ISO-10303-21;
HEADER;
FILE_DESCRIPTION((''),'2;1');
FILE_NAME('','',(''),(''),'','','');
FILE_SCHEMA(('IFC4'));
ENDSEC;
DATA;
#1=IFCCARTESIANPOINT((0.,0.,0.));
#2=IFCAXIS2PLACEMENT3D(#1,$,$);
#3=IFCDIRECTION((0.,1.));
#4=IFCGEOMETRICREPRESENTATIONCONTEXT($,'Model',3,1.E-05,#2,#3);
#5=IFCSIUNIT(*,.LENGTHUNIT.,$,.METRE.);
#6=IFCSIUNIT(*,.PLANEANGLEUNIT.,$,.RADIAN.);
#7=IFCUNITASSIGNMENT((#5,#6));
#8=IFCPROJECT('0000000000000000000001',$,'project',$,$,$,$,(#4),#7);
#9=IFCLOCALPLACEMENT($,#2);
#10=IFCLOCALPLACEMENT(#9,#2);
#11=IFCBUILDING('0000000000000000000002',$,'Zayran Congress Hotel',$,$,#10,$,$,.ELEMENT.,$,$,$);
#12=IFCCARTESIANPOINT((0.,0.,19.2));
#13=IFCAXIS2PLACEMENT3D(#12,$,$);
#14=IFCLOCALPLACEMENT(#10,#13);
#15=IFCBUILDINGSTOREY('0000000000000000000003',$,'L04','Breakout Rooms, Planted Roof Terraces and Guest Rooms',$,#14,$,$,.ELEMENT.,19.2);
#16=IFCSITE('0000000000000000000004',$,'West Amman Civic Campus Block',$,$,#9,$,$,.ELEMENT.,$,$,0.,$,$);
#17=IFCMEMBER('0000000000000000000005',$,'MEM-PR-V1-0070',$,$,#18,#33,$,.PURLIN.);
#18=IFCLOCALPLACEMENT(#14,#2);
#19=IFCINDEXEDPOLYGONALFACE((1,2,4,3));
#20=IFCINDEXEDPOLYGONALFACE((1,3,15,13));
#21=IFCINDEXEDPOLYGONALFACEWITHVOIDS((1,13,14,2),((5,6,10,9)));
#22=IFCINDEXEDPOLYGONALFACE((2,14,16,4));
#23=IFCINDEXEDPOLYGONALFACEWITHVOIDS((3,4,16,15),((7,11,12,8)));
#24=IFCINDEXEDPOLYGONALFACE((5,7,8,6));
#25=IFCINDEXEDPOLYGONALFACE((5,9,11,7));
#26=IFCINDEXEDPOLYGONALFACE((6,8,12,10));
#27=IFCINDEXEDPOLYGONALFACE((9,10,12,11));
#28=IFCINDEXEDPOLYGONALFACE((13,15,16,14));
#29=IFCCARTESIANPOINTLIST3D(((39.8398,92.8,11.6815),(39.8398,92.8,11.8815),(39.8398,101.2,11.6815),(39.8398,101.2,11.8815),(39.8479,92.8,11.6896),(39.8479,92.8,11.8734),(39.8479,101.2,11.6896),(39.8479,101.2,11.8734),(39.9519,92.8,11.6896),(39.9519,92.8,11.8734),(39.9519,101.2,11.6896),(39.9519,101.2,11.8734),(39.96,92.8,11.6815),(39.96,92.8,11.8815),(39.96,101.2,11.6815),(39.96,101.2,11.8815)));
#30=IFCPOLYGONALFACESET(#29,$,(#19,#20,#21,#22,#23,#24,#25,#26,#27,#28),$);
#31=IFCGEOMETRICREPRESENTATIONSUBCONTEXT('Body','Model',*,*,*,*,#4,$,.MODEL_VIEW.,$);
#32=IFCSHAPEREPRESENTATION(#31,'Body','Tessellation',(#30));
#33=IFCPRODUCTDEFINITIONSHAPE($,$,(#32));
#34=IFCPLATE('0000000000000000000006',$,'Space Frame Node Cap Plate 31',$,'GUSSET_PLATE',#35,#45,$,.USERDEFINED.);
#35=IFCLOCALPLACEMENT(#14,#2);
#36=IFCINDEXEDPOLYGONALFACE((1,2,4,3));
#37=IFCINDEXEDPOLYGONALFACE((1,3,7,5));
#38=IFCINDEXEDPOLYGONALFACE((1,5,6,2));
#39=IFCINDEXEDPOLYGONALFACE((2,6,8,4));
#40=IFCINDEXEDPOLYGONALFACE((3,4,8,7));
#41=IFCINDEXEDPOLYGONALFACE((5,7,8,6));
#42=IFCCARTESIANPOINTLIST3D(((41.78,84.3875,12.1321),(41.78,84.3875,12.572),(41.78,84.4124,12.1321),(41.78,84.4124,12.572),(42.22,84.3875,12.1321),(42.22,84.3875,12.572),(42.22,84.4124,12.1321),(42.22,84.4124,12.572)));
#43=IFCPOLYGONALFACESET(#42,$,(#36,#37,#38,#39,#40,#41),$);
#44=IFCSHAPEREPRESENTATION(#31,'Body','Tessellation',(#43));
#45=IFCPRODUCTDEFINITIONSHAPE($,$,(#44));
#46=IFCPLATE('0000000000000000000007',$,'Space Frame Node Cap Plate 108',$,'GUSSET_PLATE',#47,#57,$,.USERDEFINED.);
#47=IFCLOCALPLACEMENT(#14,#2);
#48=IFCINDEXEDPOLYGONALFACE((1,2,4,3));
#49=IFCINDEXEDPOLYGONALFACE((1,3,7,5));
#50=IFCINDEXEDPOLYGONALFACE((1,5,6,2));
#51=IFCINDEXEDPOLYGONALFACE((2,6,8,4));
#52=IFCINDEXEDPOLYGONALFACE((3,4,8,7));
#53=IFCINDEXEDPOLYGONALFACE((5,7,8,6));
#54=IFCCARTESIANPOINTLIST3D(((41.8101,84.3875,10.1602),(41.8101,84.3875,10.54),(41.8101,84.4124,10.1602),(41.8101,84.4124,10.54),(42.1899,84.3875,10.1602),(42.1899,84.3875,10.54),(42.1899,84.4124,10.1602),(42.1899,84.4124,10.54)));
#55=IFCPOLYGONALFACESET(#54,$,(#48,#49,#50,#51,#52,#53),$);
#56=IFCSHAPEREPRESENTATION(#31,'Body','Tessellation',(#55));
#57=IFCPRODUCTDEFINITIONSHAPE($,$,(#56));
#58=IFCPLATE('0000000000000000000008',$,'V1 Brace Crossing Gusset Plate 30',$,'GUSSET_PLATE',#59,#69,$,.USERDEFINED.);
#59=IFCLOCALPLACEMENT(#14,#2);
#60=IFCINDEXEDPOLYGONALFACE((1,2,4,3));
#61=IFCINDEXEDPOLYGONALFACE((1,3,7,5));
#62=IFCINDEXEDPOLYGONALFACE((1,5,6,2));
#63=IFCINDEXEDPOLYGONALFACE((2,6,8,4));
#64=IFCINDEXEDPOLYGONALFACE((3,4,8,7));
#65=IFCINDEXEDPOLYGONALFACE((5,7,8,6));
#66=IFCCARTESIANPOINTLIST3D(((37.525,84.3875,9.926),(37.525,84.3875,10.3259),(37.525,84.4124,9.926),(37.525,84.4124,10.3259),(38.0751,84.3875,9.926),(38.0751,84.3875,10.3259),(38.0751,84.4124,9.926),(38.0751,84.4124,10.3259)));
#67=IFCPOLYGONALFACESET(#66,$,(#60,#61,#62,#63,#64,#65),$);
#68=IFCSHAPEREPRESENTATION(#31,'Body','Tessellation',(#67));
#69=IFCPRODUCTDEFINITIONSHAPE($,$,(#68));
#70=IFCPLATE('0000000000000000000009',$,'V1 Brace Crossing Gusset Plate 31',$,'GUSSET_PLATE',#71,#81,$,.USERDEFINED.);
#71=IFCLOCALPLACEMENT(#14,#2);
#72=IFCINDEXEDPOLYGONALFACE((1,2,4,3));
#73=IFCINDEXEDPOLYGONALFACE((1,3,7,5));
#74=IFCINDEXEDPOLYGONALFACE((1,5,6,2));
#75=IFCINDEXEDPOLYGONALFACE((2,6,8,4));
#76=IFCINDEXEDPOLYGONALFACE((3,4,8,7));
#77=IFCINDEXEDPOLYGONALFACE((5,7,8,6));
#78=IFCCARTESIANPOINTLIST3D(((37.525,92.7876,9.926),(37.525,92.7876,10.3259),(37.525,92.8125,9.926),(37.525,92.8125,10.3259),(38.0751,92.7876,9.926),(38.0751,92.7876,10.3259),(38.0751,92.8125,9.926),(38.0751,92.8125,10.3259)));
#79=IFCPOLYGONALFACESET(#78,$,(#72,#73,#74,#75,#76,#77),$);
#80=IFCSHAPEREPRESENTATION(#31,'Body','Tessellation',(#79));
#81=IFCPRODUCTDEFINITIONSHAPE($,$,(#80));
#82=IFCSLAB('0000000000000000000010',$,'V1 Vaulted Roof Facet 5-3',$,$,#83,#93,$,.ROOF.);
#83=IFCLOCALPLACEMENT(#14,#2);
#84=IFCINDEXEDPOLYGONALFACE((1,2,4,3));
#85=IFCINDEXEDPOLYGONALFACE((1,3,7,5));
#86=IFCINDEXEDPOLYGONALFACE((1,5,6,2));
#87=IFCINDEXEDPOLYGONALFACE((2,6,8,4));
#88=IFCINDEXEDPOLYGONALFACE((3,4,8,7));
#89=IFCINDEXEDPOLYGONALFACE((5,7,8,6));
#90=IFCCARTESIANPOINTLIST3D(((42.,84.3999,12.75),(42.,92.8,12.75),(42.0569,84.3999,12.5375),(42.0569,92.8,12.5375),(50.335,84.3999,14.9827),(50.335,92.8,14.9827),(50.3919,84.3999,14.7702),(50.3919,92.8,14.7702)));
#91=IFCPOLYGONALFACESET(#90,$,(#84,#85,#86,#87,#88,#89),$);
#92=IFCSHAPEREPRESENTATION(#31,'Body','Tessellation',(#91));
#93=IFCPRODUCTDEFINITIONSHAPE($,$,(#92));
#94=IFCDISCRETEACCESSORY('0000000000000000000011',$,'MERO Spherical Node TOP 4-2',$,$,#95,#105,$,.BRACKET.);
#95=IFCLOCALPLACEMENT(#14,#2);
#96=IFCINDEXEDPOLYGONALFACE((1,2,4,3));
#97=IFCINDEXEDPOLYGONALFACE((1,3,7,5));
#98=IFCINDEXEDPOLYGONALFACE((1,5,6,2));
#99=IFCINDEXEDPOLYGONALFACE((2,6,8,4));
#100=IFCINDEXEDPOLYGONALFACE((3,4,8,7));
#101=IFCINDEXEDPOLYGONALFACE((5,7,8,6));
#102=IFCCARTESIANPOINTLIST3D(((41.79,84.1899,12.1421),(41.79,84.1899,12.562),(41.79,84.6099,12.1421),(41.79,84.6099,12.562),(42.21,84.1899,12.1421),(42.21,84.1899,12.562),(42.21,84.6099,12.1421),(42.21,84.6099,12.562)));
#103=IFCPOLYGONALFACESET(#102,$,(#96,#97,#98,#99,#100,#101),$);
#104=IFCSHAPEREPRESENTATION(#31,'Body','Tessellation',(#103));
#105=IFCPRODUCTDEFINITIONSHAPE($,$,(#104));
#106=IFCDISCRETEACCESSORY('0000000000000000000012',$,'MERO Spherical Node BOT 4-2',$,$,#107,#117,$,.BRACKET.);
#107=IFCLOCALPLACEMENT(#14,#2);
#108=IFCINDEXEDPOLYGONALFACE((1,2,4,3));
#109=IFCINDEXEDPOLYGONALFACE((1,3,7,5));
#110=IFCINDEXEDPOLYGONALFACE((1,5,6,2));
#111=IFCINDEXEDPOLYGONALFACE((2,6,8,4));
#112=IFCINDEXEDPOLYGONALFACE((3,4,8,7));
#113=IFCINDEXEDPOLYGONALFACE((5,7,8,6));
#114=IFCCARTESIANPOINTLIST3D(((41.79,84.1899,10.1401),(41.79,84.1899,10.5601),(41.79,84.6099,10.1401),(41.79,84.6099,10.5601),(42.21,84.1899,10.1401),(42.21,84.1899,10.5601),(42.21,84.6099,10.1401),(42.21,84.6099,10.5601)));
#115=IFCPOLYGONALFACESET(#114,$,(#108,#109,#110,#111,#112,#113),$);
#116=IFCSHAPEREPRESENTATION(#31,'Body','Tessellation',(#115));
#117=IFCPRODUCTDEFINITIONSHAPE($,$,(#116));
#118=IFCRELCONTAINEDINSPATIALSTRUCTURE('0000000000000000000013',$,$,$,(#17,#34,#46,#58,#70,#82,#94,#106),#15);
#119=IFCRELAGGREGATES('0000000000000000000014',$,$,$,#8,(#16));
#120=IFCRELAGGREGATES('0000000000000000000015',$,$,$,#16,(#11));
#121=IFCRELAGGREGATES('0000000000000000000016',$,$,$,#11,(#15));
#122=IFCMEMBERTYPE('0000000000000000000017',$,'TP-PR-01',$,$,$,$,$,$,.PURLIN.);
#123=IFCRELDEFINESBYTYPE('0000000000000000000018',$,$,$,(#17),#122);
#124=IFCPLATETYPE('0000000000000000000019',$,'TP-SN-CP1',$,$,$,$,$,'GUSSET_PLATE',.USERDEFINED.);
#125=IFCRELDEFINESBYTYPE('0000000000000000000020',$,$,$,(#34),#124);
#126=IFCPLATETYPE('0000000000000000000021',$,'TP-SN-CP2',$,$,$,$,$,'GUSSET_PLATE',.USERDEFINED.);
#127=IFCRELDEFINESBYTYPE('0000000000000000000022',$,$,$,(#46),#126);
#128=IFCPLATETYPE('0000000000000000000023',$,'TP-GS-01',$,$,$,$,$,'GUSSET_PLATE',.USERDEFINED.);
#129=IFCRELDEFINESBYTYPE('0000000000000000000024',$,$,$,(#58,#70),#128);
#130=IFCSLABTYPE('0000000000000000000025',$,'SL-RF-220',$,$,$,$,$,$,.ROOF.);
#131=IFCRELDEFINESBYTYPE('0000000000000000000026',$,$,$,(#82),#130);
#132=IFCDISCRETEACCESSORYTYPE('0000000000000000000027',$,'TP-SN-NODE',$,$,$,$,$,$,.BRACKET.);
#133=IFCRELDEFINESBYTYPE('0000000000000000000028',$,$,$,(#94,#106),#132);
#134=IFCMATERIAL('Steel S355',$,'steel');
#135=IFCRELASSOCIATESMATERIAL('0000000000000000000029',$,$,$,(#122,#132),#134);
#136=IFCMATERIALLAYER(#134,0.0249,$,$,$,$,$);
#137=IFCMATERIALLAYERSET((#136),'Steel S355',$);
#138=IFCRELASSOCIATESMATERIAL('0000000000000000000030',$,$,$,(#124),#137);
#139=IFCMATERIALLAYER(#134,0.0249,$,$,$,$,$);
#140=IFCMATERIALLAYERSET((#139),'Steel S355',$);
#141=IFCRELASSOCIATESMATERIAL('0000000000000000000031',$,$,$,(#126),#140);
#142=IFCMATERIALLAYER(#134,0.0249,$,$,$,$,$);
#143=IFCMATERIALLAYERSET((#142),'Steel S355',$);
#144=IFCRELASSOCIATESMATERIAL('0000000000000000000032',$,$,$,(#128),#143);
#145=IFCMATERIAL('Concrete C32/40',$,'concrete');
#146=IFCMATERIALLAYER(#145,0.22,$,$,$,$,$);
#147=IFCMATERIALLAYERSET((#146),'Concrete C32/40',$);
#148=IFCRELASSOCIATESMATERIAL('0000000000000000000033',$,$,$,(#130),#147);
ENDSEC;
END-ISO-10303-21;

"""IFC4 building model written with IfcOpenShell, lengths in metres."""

from ifc_helpers import new_model, si_unit, direction, frame, origin, origin_2d, place, context, subcontext, project, spatial, polyline, rectangle, hollow_rectangle, outline, extrude, material, layer, layer_set, material_profile, profile_set, type_object, element, save


model = new_model("IFC4")

# Units and contexts
model_context = context("Model", 3, precision=1e-05, world=origin(), true_north=direction((0.0, 1.0)))
body_context = subcontext(model_context, "Body", "Model", "MODEL_VIEW")
ifc_project = project(units=[si_unit("LENGTHUNIT", "METRE"), si_unit("PLANEANGLEUNIT", "RADIAN")], contexts=[model_context])

# Site, building, storey
site_placement = place(None, origin())
site = spatial("IfcSite", under=ifc_project, at=site_placement, Name="West Amman Civic Campus Block", CompositionType="ELEMENT", RefElevation=0.0)
building_placement = place(site_placement, origin())
building = spatial("IfcBuilding", under=site, at=building_placement, Name="Zayran Congress Hotel", CompositionType="ELEMENT")
storey_placement = place(building_placement, frame((0.0, 0.0, 19.2)))
storey = spatial("IfcBuildingStorey", under=building, at=storey_placement, Name="L04", Description="Breakout Rooms, Planted Roof Terraces and Guest Rooms", CompositionType="ELEMENT", Elevation=19.2)

# Member
ifc_material_1 = material(Name="Steel S355", Category="steel")
ifc_material_profile_1 = material_profile(ifc_material_1, hollow_rectangle(XDim=0.1201, YDim=0.2, WallThickness=0.0081, at=origin_2d()), Name="RHS 200x120x8")
ifc_profile_set_1 = profile_set([ifc_material_profile_1], Name="Steel S355")
member_type_1 = type_object("IfcMemberType", Name="TP-PR-01", PredefinedType="PURLIN", material=ifc_profile_set_1)
member_1_placement = place(storey_placement, frame((39.8999, 92.8, 11.7815), z_axis=(0.0, 1.0, 0.0), x_axis=(-1.0, 0.0, 0.0)))
element("IfcMember", 1, at=member_1_placement, inside=storey, type_object=member_type_1, Name="MEM-PR-V1-0070", PredefinedType="PURLIN", context=body_context, shape_type="SweptSolid", body=[
    extrude(hollow_rectangle(XDim=0.1201, YDim=0.2, WallThickness=0.0081, at=origin_2d()), origin(), (0.0, 0.0, 1.0), 8.3999),
])

# Plates
ifc_layer_1 = layer(ifc_material_1, 0.0249)
ifc_layer_set_1 = layer_set([ifc_layer_1], Name="Steel S355")
plate_type_1 = type_object("IfcPlateType", Name="TP-SN-CP1", ElementType="GUSSET_PLATE", PredefinedType="USERDEFINED", material=ifc_layer_set_1)
plate_1_placement = place(storey_placement, frame((42.0, 84.3999, 12.1321), z_axis=(0.0, 0.0, 1.0), x_axis=(1.0, 0.0, 0.0)))
element("IfcPlate", 2, at=plate_1_placement, inside=storey, type_object=plate_type_1, Name="Space Frame Node Cap Plate 31", ObjectType="GUSSET_PLATE", PredefinedType="USERDEFINED", context=body_context, shape_type="SweptSolid", body=[
    extrude(rectangle(XDim=0.4399, YDim=0.0249, at=origin_2d()), origin(), (0.0, 0.0, 1.0), 0.4399),
])
ifc_layer_2 = layer(ifc_material_1, 0.0249)
ifc_layer_set_2 = layer_set([ifc_layer_2], Name="Steel S355")
plate_type_2 = type_object("IfcPlateType", Name="TP-SN-CP2", ElementType="GUSSET_PLATE", PredefinedType="USERDEFINED", material=ifc_layer_set_2)
plate_2_placement = place(storey_placement, frame((42.0, 84.3999, 10.1602), z_axis=(0.0, 0.0, 1.0), x_axis=(1.0, 0.0, 0.0)))
element("IfcPlate", 3, at=plate_2_placement, inside=storey, type_object=plate_type_2, Name="Space Frame Node Cap Plate 108", ObjectType="GUSSET_PLATE", PredefinedType="USERDEFINED", context=body_context, shape_type="SweptSolid", body=[
    extrude(rectangle(XDim=0.3799, YDim=0.0249, at=origin_2d()), origin(), (0.0, 0.0, 1.0), 0.3799),
])
ifc_layer_3 = layer(ifc_material_1, 0.0249)
ifc_layer_set_3 = layer_set([ifc_layer_3], Name="Steel S355")
plate_type_3 = type_object("IfcPlateType", Name="TP-GS-01", ElementType="GUSSET_PLATE", PredefinedType="USERDEFINED", material=ifc_layer_set_3)
for number, where, z_axis, x_axis, name in (
    (4, (37.8, 84.3999, 9.926), (0.0, 0.0, 1.0), (1.0, 0.0, 0.0), "V1 Brace Crossing Gusset Plate 30"),
    (5, (37.8, 92.8, 9.926), (0.0, 0.0, 1.0), (1.0, 0.0, 0.0), "V1 Brace Crossing Gusset Plate 31"),
):
    element("IfcPlate", number, at=place(storey_placement, frame(where, z_axis=z_axis, x_axis=x_axis)), inside=storey, type_object=plate_type_3, Name=name, ObjectType="GUSSET_PLATE", PredefinedType="USERDEFINED", context=body_context, shape_type="SweptSolid", body=[
        extrude(rectangle(XDim=0.55, YDim=0.0249, at=origin_2d()), origin(), (0.0, 0.0, 1.0), 0.3999),
    ])

# Slab
ifc_material_2 = material(Name="Concrete C32/40", Category="concrete")
ifc_layer_4 = layer(ifc_material_2, 0.22)
ifc_layer_set_4 = layer_set([ifc_layer_4], Name="Concrete C32/40")
slab_type = type_object("IfcSlabType", Name="SL-RF-220", PredefinedType="ROOF", material=ifc_layer_set_4)
slab_placement = place(storey_placement, frame((42.0, 84.3999, 12.75), z_axis=(-0.258746, 0.0, 0.965946), x_axis=(0.965946, 0.0, 0.258746)))
element("IfcSlab", 6, at=slab_placement, inside=storey, type_object=slab_type, Name="V1 Vaulted Roof Facet 5-3", PredefinedType="ROOF", context=body_context, shape_type="SweptSolid", body=[
    extrude(outline(polyline([(0.0, 0.0), (8.6288, 0.0), (8.6288, 8.4001), (0.0, 8.4001), (0.0, 0.0)])), origin(), (0.0, 0.0, -1.0), 0.22),
])

# Discrete accessories
discrete_accessory_type = type_object("IfcDiscreteAccessoryType", Name="TP-SN-NODE", PredefinedType="BRACKET", material=ifc_material_1)
for number, where, z_axis, x_axis, name in (
    (7, (42.0, 84.3999, 12.1421), (0.0, 0.0, 1.0), (1.0, 0.0, 0.0), "MERO Spherical Node TOP 4-2"),
    (8, (42.0, 84.3999, 10.1401), (0.0, 0.0, 1.0), (1.0, 0.0, 0.0), "MERO Spherical Node BOT 4-2"),
):
    element("IfcDiscreteAccessory", number, at=place(storey_placement, frame(where, z_axis=z_axis, x_axis=x_axis)), inside=storey, type_object=discrete_accessory_type, Name=name, PredefinedType="BRACKET", context=body_context, shape_type="SweptSolid", body=[
        extrude(rectangle(XDim=0.4199, YDim=0.4199, at=origin_2d()), origin(), (0.0, 0.0, 1.0), 0.4199),
    ])

save(model, "model.ifc")
